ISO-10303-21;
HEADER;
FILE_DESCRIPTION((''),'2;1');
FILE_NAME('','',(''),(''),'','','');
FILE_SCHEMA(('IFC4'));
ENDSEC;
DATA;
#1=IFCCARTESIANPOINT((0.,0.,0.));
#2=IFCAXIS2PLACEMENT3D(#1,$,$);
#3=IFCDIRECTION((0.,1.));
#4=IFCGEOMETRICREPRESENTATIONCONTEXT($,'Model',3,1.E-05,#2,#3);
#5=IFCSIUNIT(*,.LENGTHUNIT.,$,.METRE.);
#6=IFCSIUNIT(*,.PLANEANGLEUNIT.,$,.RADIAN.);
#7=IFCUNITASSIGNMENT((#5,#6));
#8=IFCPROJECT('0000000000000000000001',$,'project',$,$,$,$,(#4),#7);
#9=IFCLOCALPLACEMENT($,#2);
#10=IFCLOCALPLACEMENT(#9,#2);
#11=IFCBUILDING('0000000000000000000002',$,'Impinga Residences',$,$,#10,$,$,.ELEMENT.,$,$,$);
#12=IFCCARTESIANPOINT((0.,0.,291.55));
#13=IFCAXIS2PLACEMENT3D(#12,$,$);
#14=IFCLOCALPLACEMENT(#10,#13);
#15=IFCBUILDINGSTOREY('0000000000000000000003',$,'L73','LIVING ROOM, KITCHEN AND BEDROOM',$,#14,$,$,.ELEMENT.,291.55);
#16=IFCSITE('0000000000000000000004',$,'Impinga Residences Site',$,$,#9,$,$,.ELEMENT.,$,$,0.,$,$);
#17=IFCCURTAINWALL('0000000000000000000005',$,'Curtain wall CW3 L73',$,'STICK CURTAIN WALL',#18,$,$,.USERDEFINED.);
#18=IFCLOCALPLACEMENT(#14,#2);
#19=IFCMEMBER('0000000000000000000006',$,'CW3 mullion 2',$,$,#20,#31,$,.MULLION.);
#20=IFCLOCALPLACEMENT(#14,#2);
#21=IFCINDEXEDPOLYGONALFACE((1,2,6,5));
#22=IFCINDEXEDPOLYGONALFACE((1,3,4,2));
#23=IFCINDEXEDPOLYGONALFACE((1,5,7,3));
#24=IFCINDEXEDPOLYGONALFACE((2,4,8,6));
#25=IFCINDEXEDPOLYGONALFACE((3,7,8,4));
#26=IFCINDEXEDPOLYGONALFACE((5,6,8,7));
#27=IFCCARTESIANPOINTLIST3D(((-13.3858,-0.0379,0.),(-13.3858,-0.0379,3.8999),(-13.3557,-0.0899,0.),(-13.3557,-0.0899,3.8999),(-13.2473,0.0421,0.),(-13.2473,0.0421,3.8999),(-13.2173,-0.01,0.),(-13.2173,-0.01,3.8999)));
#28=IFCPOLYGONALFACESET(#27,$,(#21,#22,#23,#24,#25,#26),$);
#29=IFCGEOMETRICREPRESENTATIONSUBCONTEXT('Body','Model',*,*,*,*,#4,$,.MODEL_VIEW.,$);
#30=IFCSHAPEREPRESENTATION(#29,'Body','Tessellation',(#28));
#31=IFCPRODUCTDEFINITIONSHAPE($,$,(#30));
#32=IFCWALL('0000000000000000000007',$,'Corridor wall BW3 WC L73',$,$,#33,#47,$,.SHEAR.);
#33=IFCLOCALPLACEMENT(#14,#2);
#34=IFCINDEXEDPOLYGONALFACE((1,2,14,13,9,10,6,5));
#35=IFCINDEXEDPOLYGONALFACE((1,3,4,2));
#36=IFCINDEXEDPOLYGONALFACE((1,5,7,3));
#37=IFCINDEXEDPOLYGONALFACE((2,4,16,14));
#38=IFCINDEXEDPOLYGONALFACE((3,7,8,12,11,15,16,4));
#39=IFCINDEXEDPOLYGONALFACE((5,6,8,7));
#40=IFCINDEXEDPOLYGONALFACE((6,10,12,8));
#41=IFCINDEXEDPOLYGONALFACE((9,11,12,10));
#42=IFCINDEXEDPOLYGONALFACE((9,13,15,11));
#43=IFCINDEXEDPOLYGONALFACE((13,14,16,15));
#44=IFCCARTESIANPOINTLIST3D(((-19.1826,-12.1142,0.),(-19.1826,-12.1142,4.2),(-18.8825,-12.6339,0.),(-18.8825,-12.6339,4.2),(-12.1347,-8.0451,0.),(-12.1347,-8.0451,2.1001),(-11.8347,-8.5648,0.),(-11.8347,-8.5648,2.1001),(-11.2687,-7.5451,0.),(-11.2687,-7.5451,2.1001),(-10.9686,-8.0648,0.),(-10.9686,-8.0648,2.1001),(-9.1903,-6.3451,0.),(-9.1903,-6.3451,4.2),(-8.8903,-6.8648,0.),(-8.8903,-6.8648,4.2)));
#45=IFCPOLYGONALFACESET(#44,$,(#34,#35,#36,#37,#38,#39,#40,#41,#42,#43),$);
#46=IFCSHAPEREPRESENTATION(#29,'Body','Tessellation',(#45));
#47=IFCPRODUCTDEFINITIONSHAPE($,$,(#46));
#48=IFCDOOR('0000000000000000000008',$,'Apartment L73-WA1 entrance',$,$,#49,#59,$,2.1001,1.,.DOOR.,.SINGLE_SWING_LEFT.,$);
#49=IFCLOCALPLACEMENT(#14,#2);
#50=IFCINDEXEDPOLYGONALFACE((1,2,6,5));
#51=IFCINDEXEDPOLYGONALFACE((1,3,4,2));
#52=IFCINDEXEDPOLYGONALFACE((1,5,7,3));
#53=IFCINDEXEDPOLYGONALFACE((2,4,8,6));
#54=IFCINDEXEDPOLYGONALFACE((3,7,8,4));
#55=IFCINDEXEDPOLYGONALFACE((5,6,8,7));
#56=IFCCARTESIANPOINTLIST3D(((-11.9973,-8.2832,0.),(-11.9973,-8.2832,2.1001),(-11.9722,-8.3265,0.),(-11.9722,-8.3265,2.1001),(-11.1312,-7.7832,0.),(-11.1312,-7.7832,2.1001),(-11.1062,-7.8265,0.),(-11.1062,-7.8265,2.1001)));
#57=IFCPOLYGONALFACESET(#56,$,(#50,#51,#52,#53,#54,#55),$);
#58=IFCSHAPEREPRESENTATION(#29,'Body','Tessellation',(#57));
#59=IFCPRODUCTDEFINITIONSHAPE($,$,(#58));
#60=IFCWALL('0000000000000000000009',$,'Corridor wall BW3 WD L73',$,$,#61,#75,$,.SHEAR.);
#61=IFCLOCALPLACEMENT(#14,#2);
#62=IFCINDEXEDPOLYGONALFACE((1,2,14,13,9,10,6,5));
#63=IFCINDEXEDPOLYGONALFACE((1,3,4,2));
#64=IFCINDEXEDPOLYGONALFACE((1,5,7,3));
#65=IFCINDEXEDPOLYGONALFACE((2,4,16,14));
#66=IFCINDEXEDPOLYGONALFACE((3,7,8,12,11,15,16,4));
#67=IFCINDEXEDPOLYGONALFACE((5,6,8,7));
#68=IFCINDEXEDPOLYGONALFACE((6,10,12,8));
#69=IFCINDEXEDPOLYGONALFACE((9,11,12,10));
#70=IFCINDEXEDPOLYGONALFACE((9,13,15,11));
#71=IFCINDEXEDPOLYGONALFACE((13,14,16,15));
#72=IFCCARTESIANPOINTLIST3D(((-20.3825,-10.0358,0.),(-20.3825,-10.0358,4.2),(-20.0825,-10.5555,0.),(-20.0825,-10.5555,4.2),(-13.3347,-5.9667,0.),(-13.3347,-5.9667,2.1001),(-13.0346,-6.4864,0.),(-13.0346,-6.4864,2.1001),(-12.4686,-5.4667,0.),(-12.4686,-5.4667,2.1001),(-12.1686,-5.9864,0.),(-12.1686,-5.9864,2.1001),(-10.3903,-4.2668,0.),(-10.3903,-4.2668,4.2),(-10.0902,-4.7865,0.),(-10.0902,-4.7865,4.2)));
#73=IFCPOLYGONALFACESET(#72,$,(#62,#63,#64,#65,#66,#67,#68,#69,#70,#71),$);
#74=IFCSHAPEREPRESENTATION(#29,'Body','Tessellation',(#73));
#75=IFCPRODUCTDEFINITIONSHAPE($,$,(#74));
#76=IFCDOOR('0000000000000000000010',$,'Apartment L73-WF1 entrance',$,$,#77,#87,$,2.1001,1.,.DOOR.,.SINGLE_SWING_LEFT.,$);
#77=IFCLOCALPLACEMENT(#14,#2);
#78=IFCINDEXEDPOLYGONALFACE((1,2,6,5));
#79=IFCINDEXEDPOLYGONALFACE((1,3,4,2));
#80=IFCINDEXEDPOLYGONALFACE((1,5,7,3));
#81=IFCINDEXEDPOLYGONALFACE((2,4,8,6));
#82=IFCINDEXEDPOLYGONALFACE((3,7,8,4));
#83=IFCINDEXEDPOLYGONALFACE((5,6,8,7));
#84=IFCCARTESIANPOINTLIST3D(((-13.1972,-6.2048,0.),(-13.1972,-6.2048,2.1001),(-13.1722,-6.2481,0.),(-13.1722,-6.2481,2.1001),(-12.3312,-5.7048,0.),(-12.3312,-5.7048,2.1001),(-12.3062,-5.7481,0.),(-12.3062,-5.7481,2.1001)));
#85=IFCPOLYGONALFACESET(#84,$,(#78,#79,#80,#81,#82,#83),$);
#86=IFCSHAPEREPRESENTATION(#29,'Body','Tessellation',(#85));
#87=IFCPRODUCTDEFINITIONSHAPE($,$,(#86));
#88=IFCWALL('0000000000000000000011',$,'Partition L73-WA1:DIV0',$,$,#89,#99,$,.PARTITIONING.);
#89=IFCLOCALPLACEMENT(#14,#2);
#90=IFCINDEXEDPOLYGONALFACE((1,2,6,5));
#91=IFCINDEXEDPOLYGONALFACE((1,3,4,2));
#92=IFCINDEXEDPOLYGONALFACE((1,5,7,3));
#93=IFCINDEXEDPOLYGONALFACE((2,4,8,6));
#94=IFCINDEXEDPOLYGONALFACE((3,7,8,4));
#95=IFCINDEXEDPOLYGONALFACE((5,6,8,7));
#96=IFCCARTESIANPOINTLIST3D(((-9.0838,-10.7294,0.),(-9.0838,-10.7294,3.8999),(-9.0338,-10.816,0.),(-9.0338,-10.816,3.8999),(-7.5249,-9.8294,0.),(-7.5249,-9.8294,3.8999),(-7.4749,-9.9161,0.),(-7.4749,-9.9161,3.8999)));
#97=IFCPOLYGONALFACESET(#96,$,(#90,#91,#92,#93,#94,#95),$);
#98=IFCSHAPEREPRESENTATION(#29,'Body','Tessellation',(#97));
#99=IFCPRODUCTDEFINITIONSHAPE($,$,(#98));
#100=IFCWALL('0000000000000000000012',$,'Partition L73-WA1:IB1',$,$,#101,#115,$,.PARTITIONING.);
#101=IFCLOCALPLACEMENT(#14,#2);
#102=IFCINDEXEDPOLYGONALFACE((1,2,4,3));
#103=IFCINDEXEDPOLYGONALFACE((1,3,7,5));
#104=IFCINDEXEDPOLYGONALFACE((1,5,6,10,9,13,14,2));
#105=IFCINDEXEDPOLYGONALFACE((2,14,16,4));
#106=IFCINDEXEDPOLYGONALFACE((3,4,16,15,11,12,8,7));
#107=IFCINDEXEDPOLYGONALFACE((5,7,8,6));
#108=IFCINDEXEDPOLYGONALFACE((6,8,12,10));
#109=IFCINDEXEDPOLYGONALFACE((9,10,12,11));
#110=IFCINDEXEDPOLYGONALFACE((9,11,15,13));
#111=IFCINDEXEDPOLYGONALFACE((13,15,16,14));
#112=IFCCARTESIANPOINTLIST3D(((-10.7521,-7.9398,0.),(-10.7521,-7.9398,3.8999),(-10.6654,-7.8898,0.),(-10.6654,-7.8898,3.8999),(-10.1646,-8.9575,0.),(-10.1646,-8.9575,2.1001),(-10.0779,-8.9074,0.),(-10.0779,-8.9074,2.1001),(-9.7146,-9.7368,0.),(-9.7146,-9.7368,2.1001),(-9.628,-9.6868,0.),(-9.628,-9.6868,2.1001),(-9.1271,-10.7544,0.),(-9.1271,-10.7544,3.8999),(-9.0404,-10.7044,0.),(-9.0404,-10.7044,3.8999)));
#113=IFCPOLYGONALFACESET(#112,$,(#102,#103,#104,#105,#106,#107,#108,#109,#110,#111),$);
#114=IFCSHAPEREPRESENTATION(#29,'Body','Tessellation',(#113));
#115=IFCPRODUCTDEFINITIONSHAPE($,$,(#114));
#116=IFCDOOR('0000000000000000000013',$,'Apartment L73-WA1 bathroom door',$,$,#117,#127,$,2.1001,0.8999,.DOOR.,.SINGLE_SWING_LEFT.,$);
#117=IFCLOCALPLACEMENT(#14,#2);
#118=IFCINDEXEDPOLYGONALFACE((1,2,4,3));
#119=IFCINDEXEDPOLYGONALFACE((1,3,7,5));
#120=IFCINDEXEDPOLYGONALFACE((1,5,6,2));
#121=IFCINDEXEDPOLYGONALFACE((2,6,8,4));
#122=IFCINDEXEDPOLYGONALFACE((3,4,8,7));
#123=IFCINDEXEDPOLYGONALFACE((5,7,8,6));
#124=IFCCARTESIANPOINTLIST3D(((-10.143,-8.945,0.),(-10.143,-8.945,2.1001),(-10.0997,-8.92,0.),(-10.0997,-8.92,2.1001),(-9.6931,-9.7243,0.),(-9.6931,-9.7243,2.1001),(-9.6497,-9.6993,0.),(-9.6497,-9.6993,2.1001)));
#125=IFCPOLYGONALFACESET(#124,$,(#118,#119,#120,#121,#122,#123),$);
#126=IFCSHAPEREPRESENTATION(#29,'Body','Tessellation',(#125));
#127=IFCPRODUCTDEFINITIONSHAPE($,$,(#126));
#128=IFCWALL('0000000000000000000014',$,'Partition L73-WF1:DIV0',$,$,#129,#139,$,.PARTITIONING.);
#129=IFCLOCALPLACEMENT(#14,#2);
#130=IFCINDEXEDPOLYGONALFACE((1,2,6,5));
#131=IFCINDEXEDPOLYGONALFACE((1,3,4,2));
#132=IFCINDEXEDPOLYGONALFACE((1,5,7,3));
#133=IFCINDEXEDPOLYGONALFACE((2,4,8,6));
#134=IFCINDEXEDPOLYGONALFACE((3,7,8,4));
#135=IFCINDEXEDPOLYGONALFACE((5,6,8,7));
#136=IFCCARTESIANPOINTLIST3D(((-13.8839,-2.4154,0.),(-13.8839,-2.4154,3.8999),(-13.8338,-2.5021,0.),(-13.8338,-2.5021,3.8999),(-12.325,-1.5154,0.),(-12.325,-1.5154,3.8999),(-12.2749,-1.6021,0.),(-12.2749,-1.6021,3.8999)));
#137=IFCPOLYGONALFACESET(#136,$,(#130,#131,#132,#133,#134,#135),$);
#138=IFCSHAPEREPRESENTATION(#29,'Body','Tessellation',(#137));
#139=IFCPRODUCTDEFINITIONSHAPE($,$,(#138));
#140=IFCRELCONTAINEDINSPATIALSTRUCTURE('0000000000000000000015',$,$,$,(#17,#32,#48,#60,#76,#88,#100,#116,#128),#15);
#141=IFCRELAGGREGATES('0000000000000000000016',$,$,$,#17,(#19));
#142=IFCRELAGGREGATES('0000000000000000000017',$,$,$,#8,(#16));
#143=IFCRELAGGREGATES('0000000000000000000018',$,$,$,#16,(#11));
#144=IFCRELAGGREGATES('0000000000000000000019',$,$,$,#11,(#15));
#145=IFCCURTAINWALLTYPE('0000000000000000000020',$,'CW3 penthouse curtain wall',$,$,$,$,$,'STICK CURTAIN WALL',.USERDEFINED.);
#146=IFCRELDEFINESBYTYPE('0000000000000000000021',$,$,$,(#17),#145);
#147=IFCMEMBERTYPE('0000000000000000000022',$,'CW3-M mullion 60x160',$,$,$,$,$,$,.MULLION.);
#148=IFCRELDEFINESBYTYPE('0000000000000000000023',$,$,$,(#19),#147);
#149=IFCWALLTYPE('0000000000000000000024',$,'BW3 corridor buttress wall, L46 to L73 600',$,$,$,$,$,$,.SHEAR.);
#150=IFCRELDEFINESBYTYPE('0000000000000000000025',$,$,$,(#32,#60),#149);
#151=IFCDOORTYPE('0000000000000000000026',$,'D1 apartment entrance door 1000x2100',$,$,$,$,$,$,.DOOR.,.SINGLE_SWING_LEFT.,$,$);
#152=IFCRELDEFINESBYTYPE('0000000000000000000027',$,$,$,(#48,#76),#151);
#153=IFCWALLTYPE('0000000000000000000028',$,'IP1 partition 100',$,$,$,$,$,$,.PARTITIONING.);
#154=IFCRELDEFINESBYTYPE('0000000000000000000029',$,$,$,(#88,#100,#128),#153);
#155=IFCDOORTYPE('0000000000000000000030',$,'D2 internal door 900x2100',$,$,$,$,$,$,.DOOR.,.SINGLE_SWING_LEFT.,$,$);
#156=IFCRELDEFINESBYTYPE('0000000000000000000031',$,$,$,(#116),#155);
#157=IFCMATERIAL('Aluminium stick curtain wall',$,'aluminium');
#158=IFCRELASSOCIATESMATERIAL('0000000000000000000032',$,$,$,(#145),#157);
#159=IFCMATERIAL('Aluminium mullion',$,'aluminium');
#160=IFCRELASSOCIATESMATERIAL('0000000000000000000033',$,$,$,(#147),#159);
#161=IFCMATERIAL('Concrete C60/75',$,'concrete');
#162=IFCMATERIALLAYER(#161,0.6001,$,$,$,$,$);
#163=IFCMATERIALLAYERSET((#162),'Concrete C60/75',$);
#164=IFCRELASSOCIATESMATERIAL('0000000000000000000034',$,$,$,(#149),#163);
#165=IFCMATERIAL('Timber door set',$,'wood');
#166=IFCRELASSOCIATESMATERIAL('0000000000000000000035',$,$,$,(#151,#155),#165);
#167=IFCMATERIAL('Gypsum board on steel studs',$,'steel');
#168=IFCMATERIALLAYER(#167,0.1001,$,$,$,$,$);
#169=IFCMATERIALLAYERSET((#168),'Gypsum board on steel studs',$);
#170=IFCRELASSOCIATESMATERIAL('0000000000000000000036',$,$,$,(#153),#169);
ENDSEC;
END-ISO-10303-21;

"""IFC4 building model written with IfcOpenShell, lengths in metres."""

from ifc_helpers import new_model, si_unit, direction, frame, frame_2d, origin, origin_2d, place, context, subcontext, project, spatial, rectangle, extrude, material, layer, layer_set, material_profile, profile_set, type_object, element, fill, aggregate, save


model = new_model("IFC4")

# Units and contexts
model_context = context("Model", 3, precision=1e-05, world=origin(), true_north=direction((0.0, 1.0)))
body_context = subcontext(model_context, "Body", "Model", "MODEL_VIEW")
ifc_project = project(units=[si_unit("LENGTHUNIT", "METRE"), si_unit("PLANEANGLEUNIT", "RADIAN")], contexts=[model_context])

# Site, building, storey
site_placement = place(None, origin())
site = spatial("IfcSite", under=ifc_project, at=site_placement, Name="Impinga Residences Site", CompositionType="ELEMENT", RefElevation=0.0)
building_placement = place(site_placement, origin())
building = spatial("IfcBuilding", under=site, at=building_placement, Name="Impinga Residences", CompositionType="ELEMENT")
storey_placement = place(building_placement, frame((0.0, 0.0, 291.55)))
storey = spatial("IfcBuildingStorey", under=building, at=storey_placement, Name="L73", Description="LIVING ROOM, KITCHEN AND BEDROOM", CompositionType="ELEMENT", Elevation=291.55)

# Curtain wall, member
ifc_material_1 = material(Name="Aluminium stick curtain wall", Category="aluminium")
curtain_wall_type = type_object("IfcCurtainWallType", Name="CW3 penthouse curtain wall", ElementType="STICK CURTAIN WALL", PredefinedType="USERDEFINED", material=ifc_material_1)
curtain_wall_placement = place(storey_placement, origin())
curtain_wall = element("IfcCurtainWall", 1, at=curtain_wall_placement, inside=storey, type_object=curtain_wall_type, Name="Curtain wall CW3 L73", ObjectType="STICK CURTAIN WALL", PredefinedType="USERDEFINED")
ifc_material_2 = material(Name="Aluminium mullion", Category="aluminium")
ifc_material_profile = material_profile(ifc_material_2, rectangle(XDim=0.0601, YDim=0.1599, at=origin_2d()), Name="60x160 mullion")
ifc_profile_set = profile_set([ifc_material_profile], Name="Aluminium mullion")
member_type = type_object("IfcMemberType", Name="CW3-M mullion 60x160", PredefinedType="MULLION", material=ifc_profile_set)
member_placement = place(storey_placement, frame((-13.3015, -0.0239, 0.0), z_axis=(0.0, 0.0, 1.0), x_axis=(0.5, -0.866025, 0.0)))
member = element("IfcMember", 2, at=member_placement, type_object=member_type, Name="CW3 mullion 2", PredefinedType="MULLION", context=body_context, shape_type="SweptSolid", body=[
    extrude(rectangle(XDim=0.0601, YDim=0.1599, at=origin_2d()), origin(), (0.0, 0.0, 1.0), 3.8999),
])
aggregate(curtain_wall, [member])

# Walls, openings, doors
ifc_material_3 = material(Name="Concrete C60/75", Category="concrete")
ifc_layer_1 = layer(ifc_material_3, 0.6001)
ifc_layer_set_1 = layer_set([ifc_layer_1], Name="Concrete C60/75")
wall_type_1 = type_object("IfcWallType", Name="BW3 corridor buttress wall, L46 to L73 600", PredefinedType="SHEAR", material=ifc_layer_set_1)
wall_1_placement = place(storey_placement, frame((-9.0403, -6.605, 0.0), z_axis=(0.0, 0.0, 1.0), x_axis=(-0.866023, -0.500003, 0.0)))
wall_1 = element("IfcWall", 3, at=wall_1_placement, inside=storey, type_object=wall_type_1, Name="Corridor wall BW3 WC L73", PredefinedType="SHEAR", context=body_context, shape_type="SweptSolid", body=[
    extrude(rectangle(XDim=11.5381, YDim=0.6001, at=frame_2d((5.769, 0.0))), origin(), (0.0, 0.0, 1.0), 4.2),
])
opening_1_placement = place(wall_1_placement, frame((2.3999, 0.0, 0.0)))
opening_1 = element("IfcOpeningElement", 4, at=opening_1_placement, cuts=wall_1, PredefinedType="OPENING", context=body_context, shape_type="SweptSolid", body=[
    extrude(rectangle(XDim=1.0, YDim=2.1001, at=frame_2d((0.5, 1.05))), frame((0.0, 0.3101, 0.0), z_axis=(0.0, -1.0, 0.0), x_axis=(1.0, 0.0, 0.0)), (0.0, 0.0, 1.0), 0.6201),
])
ifc_material_4 = material(Name="Timber door set", Category="wood")
door_type_1 = type_object("IfcDoorType", Name="D1 apartment entrance door 1000x2100", OperationType="SINGLE_SWING_LEFT", PredefinedType="DOOR", material=ifc_material_4)
door_1_placement = place(opening_1_placement, origin())
door_1 = element("IfcDoor", 5, at=door_1_placement, inside=storey, type_object=door_type_1, Name="Apartment L73-WA1 entrance", OperationType="SINGLE_SWING_LEFT", OverallHeight=2.1001, OverallWidth=1.0, PredefinedType="DOOR", context=body_context, shape_type="SweptSolid", body=[
    extrude(rectangle(XDim=1.0, YDim=2.1001, at=frame_2d((0.5, 1.05))), frame((0.0, 0.0249, 0.0), z_axis=(0.0, -1.0, 0.0), x_axis=(1.0, 0.0, 0.0)), (0.0, 0.0, 1.0), 0.05),
])
fill(opening_1, door_1)
wall_2_placement = place(storey_placement, frame((-10.2402, -4.5266, 0.0), z_axis=(0.0, 0.0, 1.0), x_axis=(-0.866023, -0.500003, 0.0)))
wall_2 = element("IfcWall", 6, at=wall_2_placement, inside=storey, type_object=wall_type_1, Name="Corridor wall BW3 WD L73", PredefinedType="SHEAR", context=body_context, shape_type="SweptSolid", body=[
    extrude(rectangle(XDim=11.5381, YDim=0.6001, at=frame_2d((5.769, 0.0))), origin(), (0.0, 0.0, 1.0), 4.2),
])
opening_2_placement = place(wall_2_placement, frame((2.3999, 0.0, 0.0)))
opening_2 = element("IfcOpeningElement", 7, at=opening_2_placement, cuts=wall_2, PredefinedType="OPENING", context=body_context, shape_type="SweptSolid", body=[
    extrude(rectangle(XDim=1.0, YDim=2.1001, at=frame_2d((0.5, 1.05))), frame((0.0, 0.3101, 0.0), z_axis=(0.0, -1.0, 0.0), x_axis=(1.0, 0.0, 0.0)), (0.0, 0.0, 1.0), 0.6201),
])
door_2_placement = place(opening_2_placement, origin())
door_2 = element("IfcDoor", 8, at=door_2_placement, inside=storey, type_object=door_type_1, Name="Apartment L73-WF1 entrance", OperationType="SINGLE_SWING_LEFT", OverallHeight=2.1001, OverallWidth=1.0, PredefinedType="DOOR", context=body_context, shape_type="SweptSolid", body=[
    extrude(rectangle(XDim=1.0, YDim=2.1001, at=frame_2d((0.5, 1.05))), frame((0.0, 0.0249, 0.0), z_axis=(0.0, -1.0, 0.0), x_axis=(1.0, 0.0, 0.0)), (0.0, 0.0, 1.0), 0.05),
])
fill(opening_2, door_2)

# Wall
ifc_material_5 = material(Name="Gypsum board on steel studs", Category="steel")
ifc_layer_2 = layer(ifc_material_5, 0.1001)
ifc_layer_set_2 = layer_set([ifc_layer_2], Name="Gypsum board on steel studs")
wall_type_2 = type_object("IfcWallType", Name="IP1 partition 100", PredefinedType="PARTITIONING", material=ifc_layer_set_2)
wall_3_placement = place(storey_placement, frame((-7.5, -9.8728, 0.0), z_axis=(0.0, 0.0, 1.0), x_axis=(-0.866048, -0.499961, 0.0)))
element("IfcWall", 9, at=wall_3_placement, inside=storey, type_object=wall_type_2, Name="Partition L73-WA1:DIV0", PredefinedType="PARTITIONING", context=body_context, shape_type="SweptSolid", body=[
    extrude(rectangle(XDim=1.8, YDim=0.1001, at=frame_2d((0.8999, 0.0))), origin(), (0.0, 0.0, 1.0), 3.8999),
])

# Wall, opening, door
wall_4_placement = place(storey_placement, frame((-10.7087, -7.9148, 0.0), z_axis=(0.0, 0.0, 1.0), x_axis=(0.499985, -0.866034, 0.0)))
wall_4 = element("IfcWall", 10, at=wall_4_placement, inside=storey, type_object=wall_type_2, Name="Partition L73-WA1:IB1", PredefinedType="PARTITIONING", context=body_context, shape_type="SweptSolid", body=[
    extrude(rectangle(XDim=3.25, YDim=0.1001, at=frame_2d((1.625, 0.0))), origin(), (0.0, 0.0, 1.0), 3.8999),
])
opening_3_placement = place(wall_4_placement, frame((1.175, 0.0, 0.0)))
opening_3 = element("IfcOpeningElement", 11, at=opening_3_placement, cuts=wall_4, PredefinedType="OPENING", context=body_context, shape_type="SweptSolid", body=[
    extrude(rectangle(XDim=0.8999, YDim=2.1001, at=frame_2d((0.45, 1.05))), frame((0.0, 0.0601, 0.0), z_axis=(0.0, -1.0, 0.0), x_axis=(1.0, 0.0, 0.0)), (0.0, 0.0, 1.0), 0.1201),
])
door_type_2 = type_object("IfcDoorType", Name="D2 internal door 900x2100", OperationType="SINGLE_SWING_LEFT", PredefinedType="DOOR", material=ifc_material_4)
door_3_placement = place(opening_3_placement, origin())
door_3 = element("IfcDoor", 12, at=door_3_placement, inside=storey, type_object=door_type_2, Name="Apartment L73-WA1 bathroom door", OperationType="SINGLE_SWING_LEFT", OverallHeight=2.1001, OverallWidth=0.8999, PredefinedType="DOOR", context=body_context, shape_type="SweptSolid", body=[
    extrude(rectangle(XDim=0.8999, YDim=2.1001, at=frame_2d((0.45, 1.05))), frame((0.0, 0.0249, 0.0), z_axis=(0.0, -1.0, 0.0), x_axis=(1.0, 0.0, 0.0)), (0.0, 0.0, 1.0), 0.05),
])
fill(opening_3, door_3)

# Wall
wall_5_placement = place(storey_placement, frame((-12.3, -1.5588, 0.0), z_axis=(0.0, 0.0, 1.0), x_axis=(-0.866048, -0.499961, 0.0)))
element("IfcWall", 13, at=wall_5_placement, inside=storey, type_object=wall_type_2, Name="Partition L73-WF1:DIV0", PredefinedType="PARTITIONING", context=body_context, shape_type="SweptSolid", body=[
    extrude(rectangle(XDim=1.8, YDim=0.1001, at=frame_2d((0.8999, 0.0))), origin(), (0.0, 0.0, 1.0), 3.8999),
])

save(model, "model.ifc")
